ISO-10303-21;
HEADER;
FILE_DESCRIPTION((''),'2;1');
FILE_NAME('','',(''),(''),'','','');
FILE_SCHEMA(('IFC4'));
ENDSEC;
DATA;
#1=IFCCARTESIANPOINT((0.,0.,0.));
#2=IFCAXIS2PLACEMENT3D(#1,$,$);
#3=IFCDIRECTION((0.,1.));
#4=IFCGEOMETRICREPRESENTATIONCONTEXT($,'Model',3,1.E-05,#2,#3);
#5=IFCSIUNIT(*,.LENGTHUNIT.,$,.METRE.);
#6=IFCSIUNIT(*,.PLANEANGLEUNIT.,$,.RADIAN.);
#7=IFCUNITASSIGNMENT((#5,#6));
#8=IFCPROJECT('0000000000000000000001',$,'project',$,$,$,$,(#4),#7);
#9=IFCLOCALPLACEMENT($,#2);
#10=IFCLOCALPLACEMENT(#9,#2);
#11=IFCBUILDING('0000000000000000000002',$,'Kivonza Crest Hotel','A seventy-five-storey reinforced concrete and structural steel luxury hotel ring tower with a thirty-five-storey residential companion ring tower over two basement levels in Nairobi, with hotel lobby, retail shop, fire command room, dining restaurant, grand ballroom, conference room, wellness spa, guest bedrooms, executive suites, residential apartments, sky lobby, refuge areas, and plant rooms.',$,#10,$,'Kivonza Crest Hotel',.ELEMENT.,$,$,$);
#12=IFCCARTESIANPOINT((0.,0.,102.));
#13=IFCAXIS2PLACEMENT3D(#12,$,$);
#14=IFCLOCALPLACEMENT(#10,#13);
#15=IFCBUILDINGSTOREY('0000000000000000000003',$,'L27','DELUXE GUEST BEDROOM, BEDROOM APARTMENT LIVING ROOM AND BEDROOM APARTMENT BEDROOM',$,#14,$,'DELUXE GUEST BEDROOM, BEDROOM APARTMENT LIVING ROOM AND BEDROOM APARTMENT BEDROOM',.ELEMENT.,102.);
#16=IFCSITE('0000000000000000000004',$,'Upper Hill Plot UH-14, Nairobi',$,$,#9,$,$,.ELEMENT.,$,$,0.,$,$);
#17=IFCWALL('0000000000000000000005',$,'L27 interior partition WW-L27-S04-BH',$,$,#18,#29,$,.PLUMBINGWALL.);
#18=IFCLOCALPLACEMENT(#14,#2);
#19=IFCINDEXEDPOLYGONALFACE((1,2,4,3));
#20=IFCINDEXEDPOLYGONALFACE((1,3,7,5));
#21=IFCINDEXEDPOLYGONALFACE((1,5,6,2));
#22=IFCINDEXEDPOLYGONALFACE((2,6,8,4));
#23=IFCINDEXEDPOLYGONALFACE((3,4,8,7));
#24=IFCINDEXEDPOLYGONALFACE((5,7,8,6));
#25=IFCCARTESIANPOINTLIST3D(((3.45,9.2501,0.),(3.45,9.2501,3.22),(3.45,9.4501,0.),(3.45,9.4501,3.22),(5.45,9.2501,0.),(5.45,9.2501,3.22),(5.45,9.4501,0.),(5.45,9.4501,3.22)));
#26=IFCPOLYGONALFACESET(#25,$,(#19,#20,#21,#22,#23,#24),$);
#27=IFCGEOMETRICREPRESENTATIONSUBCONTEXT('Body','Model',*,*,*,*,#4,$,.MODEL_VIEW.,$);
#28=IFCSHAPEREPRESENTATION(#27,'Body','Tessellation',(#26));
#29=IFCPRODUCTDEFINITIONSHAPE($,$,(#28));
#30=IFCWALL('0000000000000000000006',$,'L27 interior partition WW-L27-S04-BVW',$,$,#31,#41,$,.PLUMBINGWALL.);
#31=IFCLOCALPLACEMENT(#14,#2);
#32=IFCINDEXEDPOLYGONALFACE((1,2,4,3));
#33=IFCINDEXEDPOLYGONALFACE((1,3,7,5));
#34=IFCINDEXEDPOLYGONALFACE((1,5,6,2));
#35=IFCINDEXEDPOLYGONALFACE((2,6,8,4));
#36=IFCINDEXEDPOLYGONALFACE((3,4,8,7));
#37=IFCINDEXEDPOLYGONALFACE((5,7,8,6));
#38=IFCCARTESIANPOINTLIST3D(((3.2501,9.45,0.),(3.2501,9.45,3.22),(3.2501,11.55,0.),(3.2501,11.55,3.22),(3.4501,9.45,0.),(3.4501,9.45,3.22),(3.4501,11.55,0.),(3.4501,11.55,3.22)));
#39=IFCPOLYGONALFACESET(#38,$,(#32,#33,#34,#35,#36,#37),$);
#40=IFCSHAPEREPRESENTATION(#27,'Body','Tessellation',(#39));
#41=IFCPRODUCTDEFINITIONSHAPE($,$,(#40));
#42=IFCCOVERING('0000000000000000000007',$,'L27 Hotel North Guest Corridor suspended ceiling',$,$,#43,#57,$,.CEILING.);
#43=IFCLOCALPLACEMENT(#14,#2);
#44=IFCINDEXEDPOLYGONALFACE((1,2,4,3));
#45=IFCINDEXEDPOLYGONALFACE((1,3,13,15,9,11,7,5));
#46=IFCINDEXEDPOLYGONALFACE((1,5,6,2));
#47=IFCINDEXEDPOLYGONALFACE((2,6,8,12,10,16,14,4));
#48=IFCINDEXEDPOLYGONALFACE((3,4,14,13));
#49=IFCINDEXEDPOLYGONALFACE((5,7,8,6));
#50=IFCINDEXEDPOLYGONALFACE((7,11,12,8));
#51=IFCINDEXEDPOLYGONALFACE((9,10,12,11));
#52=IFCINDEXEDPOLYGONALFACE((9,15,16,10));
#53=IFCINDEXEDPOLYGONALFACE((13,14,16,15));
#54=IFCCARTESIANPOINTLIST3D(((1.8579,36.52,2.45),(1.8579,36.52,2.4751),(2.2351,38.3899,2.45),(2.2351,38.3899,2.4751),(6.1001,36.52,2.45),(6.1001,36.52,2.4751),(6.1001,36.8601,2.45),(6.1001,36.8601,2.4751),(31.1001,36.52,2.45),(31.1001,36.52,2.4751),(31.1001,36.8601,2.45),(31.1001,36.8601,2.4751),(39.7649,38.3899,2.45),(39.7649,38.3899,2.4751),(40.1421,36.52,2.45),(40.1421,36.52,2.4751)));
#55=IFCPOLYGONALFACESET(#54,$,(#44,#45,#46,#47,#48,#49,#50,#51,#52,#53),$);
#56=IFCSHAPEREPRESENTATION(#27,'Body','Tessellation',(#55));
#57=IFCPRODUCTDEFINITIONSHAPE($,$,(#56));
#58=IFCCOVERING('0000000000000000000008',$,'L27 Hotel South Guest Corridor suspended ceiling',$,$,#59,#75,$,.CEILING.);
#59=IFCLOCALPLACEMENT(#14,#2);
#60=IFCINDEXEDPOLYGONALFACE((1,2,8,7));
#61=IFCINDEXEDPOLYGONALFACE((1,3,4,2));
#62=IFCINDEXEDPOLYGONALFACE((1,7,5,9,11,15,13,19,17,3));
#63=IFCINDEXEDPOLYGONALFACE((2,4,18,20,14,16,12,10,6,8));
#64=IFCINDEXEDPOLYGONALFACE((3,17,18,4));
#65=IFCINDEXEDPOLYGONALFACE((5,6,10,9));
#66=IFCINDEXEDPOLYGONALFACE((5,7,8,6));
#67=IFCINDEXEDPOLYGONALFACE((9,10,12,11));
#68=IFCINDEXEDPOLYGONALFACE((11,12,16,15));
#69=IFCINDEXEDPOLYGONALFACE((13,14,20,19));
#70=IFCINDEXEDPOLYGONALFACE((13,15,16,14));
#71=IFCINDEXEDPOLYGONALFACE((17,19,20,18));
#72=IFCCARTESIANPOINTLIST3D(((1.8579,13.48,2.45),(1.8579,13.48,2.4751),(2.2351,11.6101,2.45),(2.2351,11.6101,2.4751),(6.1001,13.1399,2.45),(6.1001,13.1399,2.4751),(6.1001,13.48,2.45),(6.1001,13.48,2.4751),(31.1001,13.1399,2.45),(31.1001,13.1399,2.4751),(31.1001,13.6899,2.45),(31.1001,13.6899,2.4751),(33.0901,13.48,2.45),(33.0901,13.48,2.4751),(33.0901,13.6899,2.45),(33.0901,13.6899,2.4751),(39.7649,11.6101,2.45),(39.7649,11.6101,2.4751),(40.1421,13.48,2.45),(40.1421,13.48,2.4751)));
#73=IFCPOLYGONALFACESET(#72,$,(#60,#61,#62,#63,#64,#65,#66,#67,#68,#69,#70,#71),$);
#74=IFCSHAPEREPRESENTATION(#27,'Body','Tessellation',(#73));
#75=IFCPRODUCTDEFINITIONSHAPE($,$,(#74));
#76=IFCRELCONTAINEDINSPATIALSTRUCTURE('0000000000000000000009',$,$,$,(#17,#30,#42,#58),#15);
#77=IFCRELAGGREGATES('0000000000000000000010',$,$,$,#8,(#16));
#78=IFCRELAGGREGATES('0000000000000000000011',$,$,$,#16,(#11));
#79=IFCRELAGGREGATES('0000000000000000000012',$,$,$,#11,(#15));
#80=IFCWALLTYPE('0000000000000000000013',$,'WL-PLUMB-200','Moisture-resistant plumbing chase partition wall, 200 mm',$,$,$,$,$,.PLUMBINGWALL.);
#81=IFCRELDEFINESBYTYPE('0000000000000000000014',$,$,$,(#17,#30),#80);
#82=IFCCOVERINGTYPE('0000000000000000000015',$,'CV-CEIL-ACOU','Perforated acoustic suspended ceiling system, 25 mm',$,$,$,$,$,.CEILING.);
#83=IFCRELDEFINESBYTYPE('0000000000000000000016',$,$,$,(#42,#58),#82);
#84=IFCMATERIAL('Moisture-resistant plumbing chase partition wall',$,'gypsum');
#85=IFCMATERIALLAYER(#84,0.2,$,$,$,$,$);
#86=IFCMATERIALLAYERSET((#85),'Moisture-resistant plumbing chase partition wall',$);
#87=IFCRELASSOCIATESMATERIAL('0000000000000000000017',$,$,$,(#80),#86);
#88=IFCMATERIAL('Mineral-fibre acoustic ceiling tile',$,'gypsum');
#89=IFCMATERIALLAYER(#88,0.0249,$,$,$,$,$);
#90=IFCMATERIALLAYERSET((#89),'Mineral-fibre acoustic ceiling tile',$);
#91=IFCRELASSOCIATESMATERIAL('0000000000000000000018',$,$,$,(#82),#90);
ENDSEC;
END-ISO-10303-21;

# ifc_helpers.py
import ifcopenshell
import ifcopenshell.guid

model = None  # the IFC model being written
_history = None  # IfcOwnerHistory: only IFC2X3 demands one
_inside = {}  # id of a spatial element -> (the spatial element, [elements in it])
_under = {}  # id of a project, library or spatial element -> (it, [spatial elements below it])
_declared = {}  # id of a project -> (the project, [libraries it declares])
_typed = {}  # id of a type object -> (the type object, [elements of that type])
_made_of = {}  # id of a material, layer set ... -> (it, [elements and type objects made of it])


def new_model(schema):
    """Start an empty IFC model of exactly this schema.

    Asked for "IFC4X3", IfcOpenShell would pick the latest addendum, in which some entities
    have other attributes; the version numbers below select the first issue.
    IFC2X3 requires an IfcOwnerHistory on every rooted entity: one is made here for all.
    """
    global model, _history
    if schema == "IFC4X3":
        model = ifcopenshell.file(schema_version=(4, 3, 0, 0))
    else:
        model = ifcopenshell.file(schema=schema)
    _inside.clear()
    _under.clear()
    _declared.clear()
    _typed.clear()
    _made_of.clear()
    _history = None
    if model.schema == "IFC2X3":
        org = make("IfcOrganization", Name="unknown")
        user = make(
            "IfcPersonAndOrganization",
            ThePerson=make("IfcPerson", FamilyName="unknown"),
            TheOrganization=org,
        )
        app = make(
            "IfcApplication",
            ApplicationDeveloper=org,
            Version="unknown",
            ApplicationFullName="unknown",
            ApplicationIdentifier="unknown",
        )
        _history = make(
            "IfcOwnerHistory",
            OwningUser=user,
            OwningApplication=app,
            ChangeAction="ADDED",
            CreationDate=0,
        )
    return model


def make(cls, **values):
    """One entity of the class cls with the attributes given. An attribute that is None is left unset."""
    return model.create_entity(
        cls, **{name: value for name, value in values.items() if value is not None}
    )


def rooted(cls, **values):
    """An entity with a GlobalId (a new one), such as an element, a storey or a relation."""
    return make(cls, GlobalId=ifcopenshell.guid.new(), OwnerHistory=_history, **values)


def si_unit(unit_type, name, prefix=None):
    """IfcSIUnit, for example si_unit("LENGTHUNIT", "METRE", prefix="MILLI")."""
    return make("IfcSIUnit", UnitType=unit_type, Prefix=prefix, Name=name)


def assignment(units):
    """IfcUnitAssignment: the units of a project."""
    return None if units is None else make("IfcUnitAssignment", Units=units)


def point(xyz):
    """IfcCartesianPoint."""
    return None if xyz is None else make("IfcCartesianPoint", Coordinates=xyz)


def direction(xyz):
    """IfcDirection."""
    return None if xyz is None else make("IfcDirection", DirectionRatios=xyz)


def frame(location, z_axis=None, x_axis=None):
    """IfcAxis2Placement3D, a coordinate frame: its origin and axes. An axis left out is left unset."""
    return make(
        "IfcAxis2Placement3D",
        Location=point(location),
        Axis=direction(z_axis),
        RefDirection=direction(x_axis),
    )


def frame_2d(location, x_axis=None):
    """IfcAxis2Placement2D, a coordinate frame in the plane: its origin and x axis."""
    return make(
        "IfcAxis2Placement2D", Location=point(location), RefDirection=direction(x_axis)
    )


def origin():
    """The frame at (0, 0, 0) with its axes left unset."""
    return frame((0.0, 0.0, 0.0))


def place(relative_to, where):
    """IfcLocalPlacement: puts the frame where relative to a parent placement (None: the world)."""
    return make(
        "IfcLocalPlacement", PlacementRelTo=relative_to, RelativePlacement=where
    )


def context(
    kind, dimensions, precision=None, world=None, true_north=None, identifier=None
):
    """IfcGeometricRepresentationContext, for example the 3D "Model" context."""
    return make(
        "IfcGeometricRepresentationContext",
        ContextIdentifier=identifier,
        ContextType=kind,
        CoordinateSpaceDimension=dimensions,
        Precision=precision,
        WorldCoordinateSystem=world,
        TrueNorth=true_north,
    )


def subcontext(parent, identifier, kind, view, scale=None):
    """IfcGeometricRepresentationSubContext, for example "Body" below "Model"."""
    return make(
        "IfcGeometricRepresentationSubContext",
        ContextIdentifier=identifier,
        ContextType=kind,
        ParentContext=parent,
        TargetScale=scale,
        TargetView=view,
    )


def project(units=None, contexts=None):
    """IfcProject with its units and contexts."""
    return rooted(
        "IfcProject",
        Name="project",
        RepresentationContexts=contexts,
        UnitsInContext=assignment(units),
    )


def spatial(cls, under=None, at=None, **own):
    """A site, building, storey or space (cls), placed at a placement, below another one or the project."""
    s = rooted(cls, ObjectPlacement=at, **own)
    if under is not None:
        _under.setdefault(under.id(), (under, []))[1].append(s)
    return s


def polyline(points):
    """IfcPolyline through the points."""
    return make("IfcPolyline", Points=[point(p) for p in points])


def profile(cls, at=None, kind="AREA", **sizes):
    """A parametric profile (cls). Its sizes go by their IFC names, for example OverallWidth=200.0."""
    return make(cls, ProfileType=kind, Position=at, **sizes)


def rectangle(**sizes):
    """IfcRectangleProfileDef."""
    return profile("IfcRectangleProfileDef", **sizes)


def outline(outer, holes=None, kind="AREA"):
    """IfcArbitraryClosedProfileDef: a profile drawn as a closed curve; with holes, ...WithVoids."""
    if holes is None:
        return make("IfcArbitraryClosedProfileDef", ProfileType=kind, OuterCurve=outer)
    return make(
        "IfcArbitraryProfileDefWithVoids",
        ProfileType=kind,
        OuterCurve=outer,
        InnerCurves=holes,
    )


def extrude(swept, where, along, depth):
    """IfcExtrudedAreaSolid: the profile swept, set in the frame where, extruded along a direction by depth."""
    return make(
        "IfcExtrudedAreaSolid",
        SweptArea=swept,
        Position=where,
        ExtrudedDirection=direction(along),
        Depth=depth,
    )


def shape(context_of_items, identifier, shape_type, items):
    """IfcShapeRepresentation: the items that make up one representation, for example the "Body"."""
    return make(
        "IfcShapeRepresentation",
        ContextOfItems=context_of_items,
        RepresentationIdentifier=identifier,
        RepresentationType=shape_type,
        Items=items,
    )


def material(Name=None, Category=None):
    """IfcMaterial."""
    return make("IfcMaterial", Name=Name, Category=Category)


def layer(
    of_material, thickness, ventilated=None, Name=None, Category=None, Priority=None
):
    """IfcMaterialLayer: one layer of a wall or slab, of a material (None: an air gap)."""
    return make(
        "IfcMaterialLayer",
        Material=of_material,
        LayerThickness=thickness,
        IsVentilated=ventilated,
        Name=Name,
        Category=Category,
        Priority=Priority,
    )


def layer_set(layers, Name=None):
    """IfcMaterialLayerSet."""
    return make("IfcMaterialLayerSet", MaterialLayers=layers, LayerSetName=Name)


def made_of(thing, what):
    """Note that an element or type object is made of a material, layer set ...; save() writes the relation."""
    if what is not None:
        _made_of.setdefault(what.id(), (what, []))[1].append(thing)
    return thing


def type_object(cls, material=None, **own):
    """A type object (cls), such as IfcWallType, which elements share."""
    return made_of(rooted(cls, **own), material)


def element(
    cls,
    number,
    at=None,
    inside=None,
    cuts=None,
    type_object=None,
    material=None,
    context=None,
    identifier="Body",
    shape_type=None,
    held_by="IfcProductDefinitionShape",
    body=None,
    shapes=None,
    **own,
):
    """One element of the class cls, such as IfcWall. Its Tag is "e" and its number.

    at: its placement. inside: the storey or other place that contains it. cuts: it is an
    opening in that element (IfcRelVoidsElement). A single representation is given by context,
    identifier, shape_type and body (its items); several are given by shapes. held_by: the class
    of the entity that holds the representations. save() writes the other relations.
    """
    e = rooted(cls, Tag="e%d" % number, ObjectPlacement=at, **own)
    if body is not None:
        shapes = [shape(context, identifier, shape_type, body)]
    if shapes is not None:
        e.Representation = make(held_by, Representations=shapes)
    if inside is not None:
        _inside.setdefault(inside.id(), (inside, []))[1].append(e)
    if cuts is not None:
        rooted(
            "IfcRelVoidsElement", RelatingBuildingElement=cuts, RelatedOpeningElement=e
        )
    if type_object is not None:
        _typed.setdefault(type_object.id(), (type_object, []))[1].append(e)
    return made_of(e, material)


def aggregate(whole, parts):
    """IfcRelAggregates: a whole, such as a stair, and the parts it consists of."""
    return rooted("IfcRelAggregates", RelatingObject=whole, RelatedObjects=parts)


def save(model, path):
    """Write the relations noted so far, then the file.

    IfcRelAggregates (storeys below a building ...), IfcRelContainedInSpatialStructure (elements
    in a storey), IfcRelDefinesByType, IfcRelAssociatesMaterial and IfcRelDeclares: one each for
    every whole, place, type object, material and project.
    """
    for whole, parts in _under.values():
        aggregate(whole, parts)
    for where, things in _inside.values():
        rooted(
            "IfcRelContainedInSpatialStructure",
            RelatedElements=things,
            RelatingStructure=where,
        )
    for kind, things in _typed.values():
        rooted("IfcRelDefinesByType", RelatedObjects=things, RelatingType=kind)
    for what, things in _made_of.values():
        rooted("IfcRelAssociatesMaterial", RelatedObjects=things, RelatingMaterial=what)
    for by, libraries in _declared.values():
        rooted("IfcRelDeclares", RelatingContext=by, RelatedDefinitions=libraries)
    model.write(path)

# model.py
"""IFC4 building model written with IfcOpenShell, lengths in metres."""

from ifc_helpers import new_model, si_unit, direction, frame, frame_2d, origin, place, context, subcontext, project, spatial, polyline, rectangle, outline, extrude, material, layer, layer_set, type_object, element, save


model = new_model("IFC4")

# Units and contexts
model_context = context("Model", 3, precision=1e-05, world=origin(), true_north=direction((0.0, 1.0)))
body_context = subcontext(model_context, "Body", "Model", "MODEL_VIEW")
ifc_project = project(units=[si_unit("LENGTHUNIT", "METRE"), si_unit("PLANEANGLEUNIT", "RADIAN")], contexts=[model_context])

# Site, building, storey
site_placement = place(None, origin())
site = spatial("IfcSite", under=ifc_project, at=site_placement, Name="Upper Hill Plot UH-14, Nairobi", CompositionType="ELEMENT", RefElevation=0.0)
building_placement = place(site_placement, origin())
building = spatial("IfcBuilding", under=site, at=building_placement, Name="Kivonza Crest Hotel", Description="A seventy-five-storey reinforced concrete and structural steel luxury hotel ring tower with a thirty-five-storey residential companion ring tower over two basement levels in Nairobi, with hotel lobby, retail shop, fire command room, dining restaurant, grand ballroom, conference room, wellness spa, guest bedrooms, executive suites, residential apartments, sky lobby, refuge areas, and plant rooms.", LongName="Kivonza Crest Hotel", CompositionType="ELEMENT")
storey_placement = place(building_placement, frame((0.0, 0.0, 102.0)))
storey = spatial("IfcBuildingStorey", under=building, at=storey_placement, Name="L27", Description="DELUXE GUEST BEDROOM, BEDROOM APARTMENT LIVING ROOM AND BEDROOM APARTMENT BEDROOM", LongName="DELUXE GUEST BEDROOM, BEDROOM APARTMENT LIVING ROOM AND BEDROOM APARTMENT BEDROOM", CompositionType="ELEMENT", Elevation=102.0)

# Walls
ifc_material_1 = material(Name="Moisture-resistant plumbing chase partition wall", Category="gypsum")
ifc_layer_1 = layer(ifc_material_1, 0.2)
ifc_layer_set_1 = layer_set([ifc_layer_1], Name="Moisture-resistant plumbing chase partition wall")
wall_type_1 = type_object("IfcWallType", Name="WL-PLUMB-200", Description="Moisture-resistant plumbing chase partition wall, 200 mm", PredefinedType="PLUMBINGWALL", material=ifc_layer_set_1)
wall_1_placement = place(storey_placement, frame((3.45, 9.3501, 0.0), z_axis=(0.0, 0.0, 1.0), x_axis=(1.0, 0.0, 0.0)))
element("IfcWall", 1, at=wall_1_placement, inside=storey, type_object=wall_type_1, Name="L27 interior partition WW-L27-S04-BH", PredefinedType="PLUMBINGWALL", context=body_context, shape_type="SweptSolid", body=[
    extrude(rectangle(XDim=2.0, YDim=0.2, at=frame_2d((1.0, 0.0))), origin(), (0.0, 0.0, 1.0), 3.22),
])
wall_2_placement = place(storey_placement, frame((3.3501, 9.45, 0.0), z_axis=(0.0, 0.0, 1.0), x_axis=(0.0, 1.0, 0.0)))
element("IfcWall", 2, at=wall_2_placement, inside=storey, type_object=wall_type_1, Name="L27 interior partition WW-L27-S04-BVW", PredefinedType="PLUMBINGWALL", context=body_context, shape_type="SweptSolid", body=[
    extrude(rectangle(XDim=2.1001, YDim=0.2, at=frame_2d((1.05, 0.0))), origin(), (0.0, 0.0, 1.0), 3.22),
])

# Coverings
ifc_material_2 = material(Name="Mineral-fibre acoustic ceiling tile", Category="gypsum")
ifc_layer_2 = layer(ifc_material_2, 0.0249)
ifc_layer_set_2 = layer_set([ifc_layer_2], Name="Mineral-fibre acoustic ceiling tile")
covering_type = type_object("IfcCoveringType", Name="CV-CEIL-ACOU", Description="Perforated acoustic suspended ceiling system, 25 mm", PredefinedType="CEILING", material=ifc_layer_set_2)
covering_1_placement = place(storey_placement, frame((0.0, 0.0, 2.45)))
element("IfcCovering", 3, at=covering_1_placement, inside=storey, type_object=covering_type, Name="L27 Hotel North Guest Corridor suspended ceiling", PredefinedType="CEILING", context=body_context, shape_type="SweptSolid", body=[
    extrude(outline(polyline([(2.2351, 38.3899), (1.8579, 36.52), (6.1001, 36.52), (6.1001, 36.8601), (31.1001, 36.8601), (31.1001, 36.52), (40.1421, 36.52), (39.7649, 38.3899), (2.2351, 38.3899)])), origin(), (0.0, 0.0, 1.0), 0.0251),
])
covering_2_placement = place(storey_placement, frame((0.0, 0.0, 2.45)))
element("IfcCovering", 4, at=covering_2_placement, inside=storey, type_object=covering_type, Name="L27 Hotel South Guest Corridor suspended ceiling", PredefinedType="CEILING", context=body_context, shape_type="SweptSolid", body=[
    extrude(outline(polyline([(33.0901, 13.48), (33.0901, 13.6899), (31.1001, 13.6899), (31.1001, 13.1399), (6.1001, 13.1399), (6.1001, 13.48), (1.8579, 13.48), (2.2351, 11.6101), (39.7649, 11.6101), (40.1421, 13.48), (33.0901, 13.48)])), origin(), (0.0, 0.0, 1.0), 0.0251),
])

save(model, "model.ifc")
